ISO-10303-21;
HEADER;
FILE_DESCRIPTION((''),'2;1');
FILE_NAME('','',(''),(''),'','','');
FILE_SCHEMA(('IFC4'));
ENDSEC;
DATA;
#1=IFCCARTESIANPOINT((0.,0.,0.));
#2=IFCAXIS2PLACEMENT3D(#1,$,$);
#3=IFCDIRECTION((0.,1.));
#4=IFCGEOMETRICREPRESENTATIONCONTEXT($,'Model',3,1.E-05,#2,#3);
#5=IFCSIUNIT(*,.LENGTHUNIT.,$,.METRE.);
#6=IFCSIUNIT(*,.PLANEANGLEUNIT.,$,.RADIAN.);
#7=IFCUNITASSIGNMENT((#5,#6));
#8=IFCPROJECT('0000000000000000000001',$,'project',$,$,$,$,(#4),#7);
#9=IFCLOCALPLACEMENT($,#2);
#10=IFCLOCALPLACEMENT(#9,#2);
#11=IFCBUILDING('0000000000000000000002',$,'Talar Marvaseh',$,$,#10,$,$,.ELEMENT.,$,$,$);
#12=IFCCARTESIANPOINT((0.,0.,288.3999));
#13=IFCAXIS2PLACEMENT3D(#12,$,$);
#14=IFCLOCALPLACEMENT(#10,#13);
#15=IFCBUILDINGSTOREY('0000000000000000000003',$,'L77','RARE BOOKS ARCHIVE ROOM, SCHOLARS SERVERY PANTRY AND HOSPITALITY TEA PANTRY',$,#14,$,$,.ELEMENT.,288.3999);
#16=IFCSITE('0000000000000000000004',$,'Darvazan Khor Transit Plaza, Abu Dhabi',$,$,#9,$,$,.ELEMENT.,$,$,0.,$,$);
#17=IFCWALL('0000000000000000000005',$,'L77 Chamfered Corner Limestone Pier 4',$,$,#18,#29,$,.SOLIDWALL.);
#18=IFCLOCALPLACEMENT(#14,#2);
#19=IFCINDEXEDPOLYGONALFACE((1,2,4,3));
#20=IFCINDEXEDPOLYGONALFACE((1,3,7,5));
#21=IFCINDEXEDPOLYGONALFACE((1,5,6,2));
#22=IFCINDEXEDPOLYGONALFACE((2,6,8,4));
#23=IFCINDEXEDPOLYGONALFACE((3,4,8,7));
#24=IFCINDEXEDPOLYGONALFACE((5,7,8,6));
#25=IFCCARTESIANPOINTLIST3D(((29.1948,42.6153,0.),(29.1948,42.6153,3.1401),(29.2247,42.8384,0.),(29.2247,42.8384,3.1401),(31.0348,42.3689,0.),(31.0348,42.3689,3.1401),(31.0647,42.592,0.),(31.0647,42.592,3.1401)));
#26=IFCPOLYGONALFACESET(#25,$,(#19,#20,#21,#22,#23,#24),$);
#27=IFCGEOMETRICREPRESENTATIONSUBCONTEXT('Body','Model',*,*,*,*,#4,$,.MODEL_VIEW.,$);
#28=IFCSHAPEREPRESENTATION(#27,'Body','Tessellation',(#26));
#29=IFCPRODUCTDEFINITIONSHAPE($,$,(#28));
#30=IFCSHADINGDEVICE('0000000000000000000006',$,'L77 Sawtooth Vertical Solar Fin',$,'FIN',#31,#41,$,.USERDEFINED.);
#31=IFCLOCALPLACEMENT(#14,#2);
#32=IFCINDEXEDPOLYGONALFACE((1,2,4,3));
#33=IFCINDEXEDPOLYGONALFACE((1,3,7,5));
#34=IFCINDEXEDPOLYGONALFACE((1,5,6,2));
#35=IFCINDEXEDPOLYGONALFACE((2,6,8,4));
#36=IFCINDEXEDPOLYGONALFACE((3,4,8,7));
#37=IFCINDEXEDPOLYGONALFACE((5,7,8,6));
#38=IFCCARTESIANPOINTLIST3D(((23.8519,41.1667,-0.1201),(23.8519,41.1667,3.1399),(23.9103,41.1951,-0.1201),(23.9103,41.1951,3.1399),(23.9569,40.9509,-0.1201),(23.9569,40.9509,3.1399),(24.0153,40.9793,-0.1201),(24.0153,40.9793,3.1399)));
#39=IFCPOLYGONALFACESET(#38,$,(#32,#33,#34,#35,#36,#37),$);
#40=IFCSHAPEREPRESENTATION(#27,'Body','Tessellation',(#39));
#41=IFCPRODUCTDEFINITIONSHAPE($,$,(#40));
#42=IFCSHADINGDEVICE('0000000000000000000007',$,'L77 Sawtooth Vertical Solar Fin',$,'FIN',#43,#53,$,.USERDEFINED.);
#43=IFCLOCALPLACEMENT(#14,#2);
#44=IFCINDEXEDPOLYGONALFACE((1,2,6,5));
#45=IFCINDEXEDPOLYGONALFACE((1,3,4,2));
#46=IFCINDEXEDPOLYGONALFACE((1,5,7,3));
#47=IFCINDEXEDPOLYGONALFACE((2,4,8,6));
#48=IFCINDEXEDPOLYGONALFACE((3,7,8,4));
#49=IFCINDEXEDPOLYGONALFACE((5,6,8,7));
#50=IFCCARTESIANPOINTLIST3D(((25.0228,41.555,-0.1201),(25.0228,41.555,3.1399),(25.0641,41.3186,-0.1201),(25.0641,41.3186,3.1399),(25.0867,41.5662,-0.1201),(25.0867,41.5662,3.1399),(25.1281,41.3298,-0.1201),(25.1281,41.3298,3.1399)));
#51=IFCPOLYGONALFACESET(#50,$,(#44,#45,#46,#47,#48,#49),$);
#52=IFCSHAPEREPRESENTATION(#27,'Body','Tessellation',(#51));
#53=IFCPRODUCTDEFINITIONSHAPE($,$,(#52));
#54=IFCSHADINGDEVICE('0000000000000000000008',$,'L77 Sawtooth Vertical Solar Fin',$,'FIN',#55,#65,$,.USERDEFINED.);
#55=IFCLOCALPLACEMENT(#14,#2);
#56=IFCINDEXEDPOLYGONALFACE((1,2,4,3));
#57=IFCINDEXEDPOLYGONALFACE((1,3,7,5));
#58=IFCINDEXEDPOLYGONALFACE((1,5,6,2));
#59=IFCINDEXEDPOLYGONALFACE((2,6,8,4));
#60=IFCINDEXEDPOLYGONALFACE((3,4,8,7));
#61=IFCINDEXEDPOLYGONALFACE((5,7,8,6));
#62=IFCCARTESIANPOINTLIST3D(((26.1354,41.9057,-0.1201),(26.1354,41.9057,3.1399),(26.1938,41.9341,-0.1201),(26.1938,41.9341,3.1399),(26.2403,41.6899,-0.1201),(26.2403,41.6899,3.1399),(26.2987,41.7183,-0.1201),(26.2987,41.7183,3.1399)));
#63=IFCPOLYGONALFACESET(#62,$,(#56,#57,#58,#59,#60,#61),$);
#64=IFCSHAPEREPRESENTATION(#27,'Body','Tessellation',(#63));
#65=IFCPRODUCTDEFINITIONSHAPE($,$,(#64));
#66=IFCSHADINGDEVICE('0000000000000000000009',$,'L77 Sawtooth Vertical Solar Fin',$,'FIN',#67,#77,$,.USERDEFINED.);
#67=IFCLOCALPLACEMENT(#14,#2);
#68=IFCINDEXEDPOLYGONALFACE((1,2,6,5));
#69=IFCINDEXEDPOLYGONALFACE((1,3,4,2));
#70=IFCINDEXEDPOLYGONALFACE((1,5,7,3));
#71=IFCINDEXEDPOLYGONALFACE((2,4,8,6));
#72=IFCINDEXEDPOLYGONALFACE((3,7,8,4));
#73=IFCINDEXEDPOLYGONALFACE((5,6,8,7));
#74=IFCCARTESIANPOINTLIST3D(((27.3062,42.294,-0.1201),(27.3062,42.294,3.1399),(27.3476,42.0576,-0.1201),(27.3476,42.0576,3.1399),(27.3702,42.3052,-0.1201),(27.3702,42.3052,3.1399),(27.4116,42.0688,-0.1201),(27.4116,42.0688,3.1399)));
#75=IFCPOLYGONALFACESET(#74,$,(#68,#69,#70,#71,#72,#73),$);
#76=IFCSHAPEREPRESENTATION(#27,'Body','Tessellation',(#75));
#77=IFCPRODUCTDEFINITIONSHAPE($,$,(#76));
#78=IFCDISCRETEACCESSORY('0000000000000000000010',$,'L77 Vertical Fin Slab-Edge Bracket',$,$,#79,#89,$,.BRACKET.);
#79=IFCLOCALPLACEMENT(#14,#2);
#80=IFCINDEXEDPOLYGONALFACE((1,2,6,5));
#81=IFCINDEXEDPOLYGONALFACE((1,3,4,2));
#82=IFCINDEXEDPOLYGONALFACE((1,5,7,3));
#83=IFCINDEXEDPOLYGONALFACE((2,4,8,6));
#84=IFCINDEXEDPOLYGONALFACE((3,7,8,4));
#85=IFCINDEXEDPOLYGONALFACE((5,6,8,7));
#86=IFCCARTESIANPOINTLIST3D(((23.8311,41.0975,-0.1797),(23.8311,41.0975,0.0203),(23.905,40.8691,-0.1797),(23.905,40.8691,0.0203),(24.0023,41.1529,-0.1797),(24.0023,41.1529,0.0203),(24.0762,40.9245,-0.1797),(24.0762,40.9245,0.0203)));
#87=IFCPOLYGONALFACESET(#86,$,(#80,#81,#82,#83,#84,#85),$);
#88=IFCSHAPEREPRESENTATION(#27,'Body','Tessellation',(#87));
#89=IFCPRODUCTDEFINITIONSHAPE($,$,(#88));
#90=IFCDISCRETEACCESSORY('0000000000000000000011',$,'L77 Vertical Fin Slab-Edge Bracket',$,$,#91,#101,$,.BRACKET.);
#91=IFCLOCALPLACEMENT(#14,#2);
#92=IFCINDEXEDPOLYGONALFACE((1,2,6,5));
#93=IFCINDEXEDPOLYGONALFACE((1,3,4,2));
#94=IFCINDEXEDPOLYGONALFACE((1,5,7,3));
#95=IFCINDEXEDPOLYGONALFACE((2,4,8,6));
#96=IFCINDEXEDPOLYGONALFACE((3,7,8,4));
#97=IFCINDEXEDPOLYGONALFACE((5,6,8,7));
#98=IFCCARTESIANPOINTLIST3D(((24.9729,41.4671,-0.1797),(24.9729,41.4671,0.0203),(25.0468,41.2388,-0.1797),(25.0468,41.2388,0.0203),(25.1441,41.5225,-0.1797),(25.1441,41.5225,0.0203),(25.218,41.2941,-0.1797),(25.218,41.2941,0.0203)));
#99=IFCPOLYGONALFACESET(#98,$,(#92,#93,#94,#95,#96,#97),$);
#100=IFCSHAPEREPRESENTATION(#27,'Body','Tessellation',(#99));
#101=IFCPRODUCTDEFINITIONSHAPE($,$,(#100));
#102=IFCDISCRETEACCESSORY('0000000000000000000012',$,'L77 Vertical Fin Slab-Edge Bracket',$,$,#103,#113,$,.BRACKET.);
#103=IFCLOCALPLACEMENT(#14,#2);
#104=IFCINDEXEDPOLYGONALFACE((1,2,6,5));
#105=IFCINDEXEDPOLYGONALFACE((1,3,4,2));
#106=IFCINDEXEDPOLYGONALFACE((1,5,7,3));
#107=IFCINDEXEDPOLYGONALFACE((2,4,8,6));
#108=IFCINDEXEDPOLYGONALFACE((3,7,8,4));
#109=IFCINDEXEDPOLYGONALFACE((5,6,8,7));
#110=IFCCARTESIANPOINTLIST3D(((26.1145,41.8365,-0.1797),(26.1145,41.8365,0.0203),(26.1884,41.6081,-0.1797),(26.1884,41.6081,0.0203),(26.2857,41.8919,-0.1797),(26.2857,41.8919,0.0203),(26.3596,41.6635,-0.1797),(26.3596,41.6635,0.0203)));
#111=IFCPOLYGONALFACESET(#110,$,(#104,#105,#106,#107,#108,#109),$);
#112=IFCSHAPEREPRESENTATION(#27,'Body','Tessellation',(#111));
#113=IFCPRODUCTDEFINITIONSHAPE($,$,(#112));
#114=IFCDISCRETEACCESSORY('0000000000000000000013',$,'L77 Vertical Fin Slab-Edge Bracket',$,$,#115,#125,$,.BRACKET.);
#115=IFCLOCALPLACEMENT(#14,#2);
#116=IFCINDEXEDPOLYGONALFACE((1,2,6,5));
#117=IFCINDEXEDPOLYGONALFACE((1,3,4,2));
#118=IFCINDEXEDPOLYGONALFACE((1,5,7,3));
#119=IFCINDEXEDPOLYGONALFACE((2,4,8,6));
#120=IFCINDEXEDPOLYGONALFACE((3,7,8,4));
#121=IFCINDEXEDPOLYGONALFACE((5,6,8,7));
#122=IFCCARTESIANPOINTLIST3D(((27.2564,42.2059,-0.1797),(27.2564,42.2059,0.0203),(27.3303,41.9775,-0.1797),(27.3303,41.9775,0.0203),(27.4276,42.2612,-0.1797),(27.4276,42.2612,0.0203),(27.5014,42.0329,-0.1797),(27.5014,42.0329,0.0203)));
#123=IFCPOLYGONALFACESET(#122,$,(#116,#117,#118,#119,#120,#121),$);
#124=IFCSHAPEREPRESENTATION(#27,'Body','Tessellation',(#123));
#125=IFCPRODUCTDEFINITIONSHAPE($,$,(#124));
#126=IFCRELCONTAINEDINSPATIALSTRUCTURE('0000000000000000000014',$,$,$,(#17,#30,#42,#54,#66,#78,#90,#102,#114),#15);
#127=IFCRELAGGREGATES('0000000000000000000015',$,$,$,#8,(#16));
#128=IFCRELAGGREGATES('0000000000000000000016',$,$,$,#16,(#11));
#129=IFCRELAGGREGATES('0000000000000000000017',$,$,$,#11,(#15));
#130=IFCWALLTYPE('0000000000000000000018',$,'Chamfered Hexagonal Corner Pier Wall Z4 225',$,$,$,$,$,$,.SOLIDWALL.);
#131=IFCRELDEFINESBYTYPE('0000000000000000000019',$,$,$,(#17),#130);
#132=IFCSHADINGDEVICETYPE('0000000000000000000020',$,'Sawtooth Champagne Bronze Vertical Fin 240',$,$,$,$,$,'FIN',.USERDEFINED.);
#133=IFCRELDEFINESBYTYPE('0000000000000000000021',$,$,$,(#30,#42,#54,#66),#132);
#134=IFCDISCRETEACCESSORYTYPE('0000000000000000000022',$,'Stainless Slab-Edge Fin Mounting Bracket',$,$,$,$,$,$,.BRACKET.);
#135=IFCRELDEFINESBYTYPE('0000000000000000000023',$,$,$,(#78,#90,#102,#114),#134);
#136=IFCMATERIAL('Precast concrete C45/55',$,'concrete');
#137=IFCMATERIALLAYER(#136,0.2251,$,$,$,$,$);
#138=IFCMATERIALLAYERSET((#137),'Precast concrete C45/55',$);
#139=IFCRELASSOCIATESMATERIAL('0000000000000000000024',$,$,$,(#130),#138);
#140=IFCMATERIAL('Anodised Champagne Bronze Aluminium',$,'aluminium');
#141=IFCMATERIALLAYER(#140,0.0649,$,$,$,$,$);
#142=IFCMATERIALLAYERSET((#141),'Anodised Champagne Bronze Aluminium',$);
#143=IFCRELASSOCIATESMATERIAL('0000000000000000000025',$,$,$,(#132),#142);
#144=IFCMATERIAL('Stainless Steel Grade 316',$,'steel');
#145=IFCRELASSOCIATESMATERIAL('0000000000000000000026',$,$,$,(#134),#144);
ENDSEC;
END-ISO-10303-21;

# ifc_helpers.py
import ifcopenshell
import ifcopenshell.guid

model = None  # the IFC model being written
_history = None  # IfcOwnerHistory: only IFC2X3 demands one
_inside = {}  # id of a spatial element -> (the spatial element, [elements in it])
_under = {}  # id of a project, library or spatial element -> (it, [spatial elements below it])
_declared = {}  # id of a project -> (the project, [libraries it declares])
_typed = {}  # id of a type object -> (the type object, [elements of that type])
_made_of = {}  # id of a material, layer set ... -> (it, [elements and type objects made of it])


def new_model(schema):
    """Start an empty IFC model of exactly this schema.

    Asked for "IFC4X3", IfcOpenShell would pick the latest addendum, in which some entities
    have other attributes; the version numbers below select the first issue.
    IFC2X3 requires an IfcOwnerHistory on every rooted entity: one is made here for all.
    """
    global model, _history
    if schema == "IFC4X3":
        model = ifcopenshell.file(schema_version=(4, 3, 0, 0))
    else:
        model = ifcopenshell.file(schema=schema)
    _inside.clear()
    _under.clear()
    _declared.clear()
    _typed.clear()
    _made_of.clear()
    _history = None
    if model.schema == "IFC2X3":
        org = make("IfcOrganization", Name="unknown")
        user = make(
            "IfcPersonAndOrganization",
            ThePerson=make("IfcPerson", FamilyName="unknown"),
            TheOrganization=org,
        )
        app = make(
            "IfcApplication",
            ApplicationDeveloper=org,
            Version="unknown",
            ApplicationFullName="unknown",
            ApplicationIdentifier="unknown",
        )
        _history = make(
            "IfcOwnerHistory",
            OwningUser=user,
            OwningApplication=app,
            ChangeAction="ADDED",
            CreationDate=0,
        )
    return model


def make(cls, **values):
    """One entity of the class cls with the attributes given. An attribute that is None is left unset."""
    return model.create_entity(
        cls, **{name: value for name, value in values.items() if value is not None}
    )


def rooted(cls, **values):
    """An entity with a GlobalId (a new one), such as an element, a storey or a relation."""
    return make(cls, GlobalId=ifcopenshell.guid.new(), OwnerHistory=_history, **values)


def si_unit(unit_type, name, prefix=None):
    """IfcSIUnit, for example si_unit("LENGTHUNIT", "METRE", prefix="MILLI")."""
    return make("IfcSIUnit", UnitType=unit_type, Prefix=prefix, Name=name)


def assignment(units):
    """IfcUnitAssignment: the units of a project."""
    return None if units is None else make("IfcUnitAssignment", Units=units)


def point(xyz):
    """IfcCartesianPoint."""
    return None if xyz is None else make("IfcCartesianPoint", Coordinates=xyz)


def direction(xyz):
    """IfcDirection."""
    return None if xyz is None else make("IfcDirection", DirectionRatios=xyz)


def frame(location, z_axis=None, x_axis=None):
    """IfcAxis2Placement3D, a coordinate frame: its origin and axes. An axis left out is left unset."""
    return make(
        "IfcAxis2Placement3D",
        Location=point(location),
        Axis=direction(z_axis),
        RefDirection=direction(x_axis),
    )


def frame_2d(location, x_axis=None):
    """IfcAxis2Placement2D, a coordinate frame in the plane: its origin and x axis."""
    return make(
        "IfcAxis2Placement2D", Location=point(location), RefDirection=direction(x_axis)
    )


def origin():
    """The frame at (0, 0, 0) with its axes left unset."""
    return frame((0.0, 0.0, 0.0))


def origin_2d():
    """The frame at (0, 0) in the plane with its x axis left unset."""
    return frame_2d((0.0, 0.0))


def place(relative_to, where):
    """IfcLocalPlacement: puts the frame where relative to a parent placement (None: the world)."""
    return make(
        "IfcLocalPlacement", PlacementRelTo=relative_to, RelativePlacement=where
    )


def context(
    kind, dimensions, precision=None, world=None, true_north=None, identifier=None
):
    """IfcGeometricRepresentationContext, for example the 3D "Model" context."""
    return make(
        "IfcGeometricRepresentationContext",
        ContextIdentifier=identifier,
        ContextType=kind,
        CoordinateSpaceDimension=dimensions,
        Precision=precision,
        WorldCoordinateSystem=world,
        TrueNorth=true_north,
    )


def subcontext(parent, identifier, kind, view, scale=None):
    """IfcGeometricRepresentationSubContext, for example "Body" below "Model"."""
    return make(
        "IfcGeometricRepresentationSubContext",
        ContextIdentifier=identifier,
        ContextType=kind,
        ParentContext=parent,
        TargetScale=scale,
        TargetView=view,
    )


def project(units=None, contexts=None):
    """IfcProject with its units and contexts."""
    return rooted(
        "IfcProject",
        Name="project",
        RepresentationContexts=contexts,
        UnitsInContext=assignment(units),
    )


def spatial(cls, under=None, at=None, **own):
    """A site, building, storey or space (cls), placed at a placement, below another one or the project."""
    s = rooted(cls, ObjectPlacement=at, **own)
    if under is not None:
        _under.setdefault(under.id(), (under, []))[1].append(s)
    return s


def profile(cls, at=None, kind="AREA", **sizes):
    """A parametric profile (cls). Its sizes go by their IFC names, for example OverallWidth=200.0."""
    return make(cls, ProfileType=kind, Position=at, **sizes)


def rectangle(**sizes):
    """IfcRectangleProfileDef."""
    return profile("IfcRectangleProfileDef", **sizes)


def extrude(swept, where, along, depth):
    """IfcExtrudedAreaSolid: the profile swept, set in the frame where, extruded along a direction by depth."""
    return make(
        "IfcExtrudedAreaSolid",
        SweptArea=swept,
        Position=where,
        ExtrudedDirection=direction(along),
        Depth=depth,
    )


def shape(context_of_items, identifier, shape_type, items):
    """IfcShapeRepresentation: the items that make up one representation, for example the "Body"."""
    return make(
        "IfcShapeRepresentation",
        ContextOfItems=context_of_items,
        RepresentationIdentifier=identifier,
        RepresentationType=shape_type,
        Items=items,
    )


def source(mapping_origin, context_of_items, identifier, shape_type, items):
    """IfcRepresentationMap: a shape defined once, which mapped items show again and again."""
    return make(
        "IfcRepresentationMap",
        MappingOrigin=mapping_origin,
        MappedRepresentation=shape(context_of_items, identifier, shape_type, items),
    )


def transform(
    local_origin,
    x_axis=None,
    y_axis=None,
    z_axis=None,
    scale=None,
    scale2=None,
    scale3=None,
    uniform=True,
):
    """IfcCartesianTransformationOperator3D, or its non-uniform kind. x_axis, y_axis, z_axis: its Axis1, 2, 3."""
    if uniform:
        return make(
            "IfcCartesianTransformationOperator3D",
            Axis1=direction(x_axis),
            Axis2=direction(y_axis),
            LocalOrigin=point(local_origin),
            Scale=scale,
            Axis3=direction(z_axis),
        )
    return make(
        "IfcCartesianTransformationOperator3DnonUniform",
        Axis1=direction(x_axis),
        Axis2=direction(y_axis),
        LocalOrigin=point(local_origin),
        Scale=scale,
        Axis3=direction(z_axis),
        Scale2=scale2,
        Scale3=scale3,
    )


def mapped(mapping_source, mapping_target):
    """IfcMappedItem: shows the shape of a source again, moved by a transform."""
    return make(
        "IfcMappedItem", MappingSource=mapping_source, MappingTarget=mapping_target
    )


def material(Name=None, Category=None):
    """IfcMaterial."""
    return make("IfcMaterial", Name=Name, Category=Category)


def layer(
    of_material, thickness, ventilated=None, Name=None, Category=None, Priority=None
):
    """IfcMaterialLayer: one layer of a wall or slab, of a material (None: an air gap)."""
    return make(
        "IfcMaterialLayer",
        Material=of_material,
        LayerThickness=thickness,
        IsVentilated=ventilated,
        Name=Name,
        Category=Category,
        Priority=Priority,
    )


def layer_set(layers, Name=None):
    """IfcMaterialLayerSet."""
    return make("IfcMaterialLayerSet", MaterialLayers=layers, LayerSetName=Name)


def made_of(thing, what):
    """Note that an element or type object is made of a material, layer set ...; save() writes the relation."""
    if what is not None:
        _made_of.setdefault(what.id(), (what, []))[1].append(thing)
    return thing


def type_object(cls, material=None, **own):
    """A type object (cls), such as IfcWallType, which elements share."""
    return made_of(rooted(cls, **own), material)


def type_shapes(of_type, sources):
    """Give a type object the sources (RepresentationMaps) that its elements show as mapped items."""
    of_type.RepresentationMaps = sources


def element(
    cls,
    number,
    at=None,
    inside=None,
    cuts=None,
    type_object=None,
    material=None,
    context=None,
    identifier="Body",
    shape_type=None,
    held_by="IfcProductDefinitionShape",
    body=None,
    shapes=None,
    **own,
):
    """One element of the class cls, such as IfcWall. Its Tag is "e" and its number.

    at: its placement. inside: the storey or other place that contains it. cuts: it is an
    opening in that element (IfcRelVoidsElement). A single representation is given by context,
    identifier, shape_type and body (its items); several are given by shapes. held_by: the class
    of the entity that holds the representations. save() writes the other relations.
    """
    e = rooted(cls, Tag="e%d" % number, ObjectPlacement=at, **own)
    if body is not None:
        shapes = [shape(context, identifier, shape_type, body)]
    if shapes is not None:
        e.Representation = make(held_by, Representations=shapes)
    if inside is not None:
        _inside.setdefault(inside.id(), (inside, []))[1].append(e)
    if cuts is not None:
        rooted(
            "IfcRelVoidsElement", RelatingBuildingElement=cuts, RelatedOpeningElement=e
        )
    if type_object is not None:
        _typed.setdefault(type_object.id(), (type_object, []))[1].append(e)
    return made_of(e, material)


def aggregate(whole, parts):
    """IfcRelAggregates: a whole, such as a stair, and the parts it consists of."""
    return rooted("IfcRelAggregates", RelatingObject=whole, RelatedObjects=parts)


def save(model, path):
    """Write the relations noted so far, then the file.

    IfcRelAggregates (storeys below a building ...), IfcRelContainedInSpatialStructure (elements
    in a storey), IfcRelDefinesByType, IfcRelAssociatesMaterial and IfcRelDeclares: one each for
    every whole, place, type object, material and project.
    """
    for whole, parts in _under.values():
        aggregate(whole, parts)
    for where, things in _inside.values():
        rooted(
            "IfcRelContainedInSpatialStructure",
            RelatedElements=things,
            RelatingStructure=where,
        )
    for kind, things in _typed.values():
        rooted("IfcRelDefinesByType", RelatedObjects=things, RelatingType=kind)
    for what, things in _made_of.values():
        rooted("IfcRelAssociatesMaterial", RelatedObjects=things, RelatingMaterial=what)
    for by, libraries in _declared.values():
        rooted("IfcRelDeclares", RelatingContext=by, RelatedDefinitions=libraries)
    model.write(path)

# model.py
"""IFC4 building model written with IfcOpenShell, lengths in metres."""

from ifc_helpers import new_model, si_unit, direction, frame, frame_2d, origin, origin_2d, place, context, subcontext, project, spatial, rectangle, extrude, source, transform, mapped, material, layer, layer_set, type_object, type_shapes, element, save


model = new_model("IFC4")

# Units and contexts
model_context = context("Model", 3, precision=1e-05, world=origin(), true_north=direction((0.0, 1.0)))
body_context = subcontext(model_context, "Body", "Model", "MODEL_VIEW")
ifc_project = project(units=[si_unit("LENGTHUNIT", "METRE"), si_unit("PLANEANGLEUNIT", "RADIAN")], contexts=[model_context])

# Site, building, storey
site_placement = place(None, origin())
site = spatial("IfcSite", under=ifc_project, at=site_placement, Name="Darvazan Khor Transit Plaza, Abu Dhabi", CompositionType="ELEMENT", RefElevation=0.0)
building_placement = place(site_placement, origin())
building = spatial("IfcBuilding", under=site, at=building_placement, Name="Talar Marvaseh", CompositionType="ELEMENT")
storey_placement = place(building_placement, frame((0.0, 0.0, 288.3999)))
storey = spatial("IfcBuildingStorey", under=building, at=storey_placement, Name="L77", Description="RARE BOOKS ARCHIVE ROOM, SCHOLARS SERVERY PANTRY AND HOSPITALITY TEA PANTRY", CompositionType="ELEMENT", Elevation=288.3999)

# Wall
ifc_material_1 = material(Name="Precast concrete C45/55", Category="concrete")
ifc_layer_1 = layer(ifc_material_1, 0.2251)
ifc_layer_set_1 = layer_set([ifc_layer_1], Name="Precast concrete C45/55")
wall_type = type_object("IfcWallType", Name="Chamfered Hexagonal Corner Pier Wall Z4 225", PredefinedType="SOLIDWALL", material=ifc_layer_set_1)
wall_placement = place(storey_placement, frame((29.2097, 42.7268, 0.0), z_axis=(0.0, 0.0, 1.0), x_axis=(0.991158, -0.132689, 0.0)))
element("IfcWall", 1, at=wall_placement, inside=storey, type_object=wall_type, Name="L77 Chamfered Corner Limestone Pier 4", PredefinedType="SOLIDWALL", context=body_context, shape_type="SweptSolid", body=[
    extrude(rectangle(XDim=1.8564, YDim=0.2251, at=frame_2d((0.9282, 0.0))), origin(), (0.0, 0.0, 1.0), 3.1401),
])

# Shading devices
ifc_material_2 = material(Name="Anodised Champagne Bronze Aluminium", Category="aluminium")
ifc_layer_2 = layer(ifc_material_2, 0.0649)
ifc_layer_set_2 = layer_set([ifc_layer_2], Name="Anodised Champagne Bronze Aluminium")
shading_device_type = type_object("IfcShadingDeviceType", Name="Sawtooth Champagne Bronze Vertical Fin 240", ElementType="FIN", PredefinedType="USERDEFINED", material=ifc_layer_set_2)
shared_shape_1 = source(origin(), body_context, "Body", "SweptSolid", [
    extrude(rectangle(XDim=0.24, YDim=0.0649, at=origin_2d()), origin(), (0.0, 0.0, 1.0), 3.26),
])
type_shapes(shading_device_type, [shared_shape_1])
for number, where, z_axis, x_axis, name in (
    (2, (23.9336, 41.073, -0.1201), (0.0, 0.0, 1.0), (-0.437273, 0.899329, 0.0), "L77 Sawtooth Vertical Solar Fin"),
    (3, (25.0754, 41.4424, -0.1201), (0.0, 0.0, 1.0), (-0.172445, 0.985019, 0.0), "L77 Sawtooth Vertical Solar Fin"),
    (4, (26.217, 41.812, -0.1201), (0.0, 0.0, 1.0), (-0.437273, 0.899329, 0.0), "L77 Sawtooth Vertical Solar Fin"),
    (5, (27.3589, 42.1814, -0.1201), (0.0, 0.0, 1.0), (-0.172445, 0.985019, 0.0), "L77 Sawtooth Vertical Solar Fin"),
):
    element("IfcShadingDevice", number, at=place(storey_placement, frame(where, z_axis=z_axis, x_axis=x_axis)), inside=storey, type_object=shading_device_type, Name=name, ObjectType="FIN", PredefinedType="USERDEFINED", context=body_context, shape_type="MappedRepresentation", body=[
        mapped(shared_shape_1, transform((0.0, 0.0, 0.0), x_axis=(1.0, 0.0, 0.0), y_axis=(0.0, 1.0, 0.0), z_axis=(0.0, 0.0, 1.0), scale=1.0)),
    ])

# Discrete accessories
ifc_material_3 = material(Name="Stainless Steel Grade 316", Category="steel")
discrete_accessory_type = type_object("IfcDiscreteAccessoryType", Name="Stainless Slab-Edge Fin Mounting Bracket", PredefinedType="BRACKET", material=ifc_material_3)
shared_shape_2 = source(origin(), body_context, "Body", "SweptSolid", [
    extrude(rectangle(XDim=0.24, YDim=0.1799, at=origin_2d()), origin(), (0.0, 0.0, 1.0), 0.2),
])
type_shapes(discrete_accessory_type, [shared_shape_2])
for number, where, z_axis, x_axis, name in (
    (6, (23.9536, 41.011, -0.1797), (0.0, 0.0, 1.0), (-0.307855, 0.951433, 0.0), "L77 Vertical Fin Slab-Edge Bracket"),
    (7, (25.0955, 41.3806, -0.1797), (0.0, 0.0, 1.0), (-0.307855, 0.951433, 0.0), "L77 Vertical Fin Slab-Edge Bracket"),
    (8, (26.2371, 41.75, -0.1797), (0.0, 0.0, 1.0), (-0.307855, 0.951433, 0.0), "L77 Vertical Fin Slab-Edge Bracket"),
    (9, (27.3789, 42.1194, -0.1797), (0.0, 0.0, 1.0), (-0.307855, 0.951433, 0.0), "L77 Vertical Fin Slab-Edge Bracket"),
):
    element("IfcDiscreteAccessory", number, at=place(storey_placement, frame(where, z_axis=z_axis, x_axis=x_axis)), inside=storey, type_object=discrete_accessory_type, Name=name, PredefinedType="BRACKET", context=body_context, shape_type="MappedRepresentation", body=[
        mapped(shared_shape_2, transform((0.0, 0.0, 0.0), x_axis=(1.0, 0.0, 0.0), y_axis=(0.0, 1.0, 0.0), z_axis=(0.0, 0.0, 1.0), scale=1.0)),
    ])

save(model, "model.ifc")
